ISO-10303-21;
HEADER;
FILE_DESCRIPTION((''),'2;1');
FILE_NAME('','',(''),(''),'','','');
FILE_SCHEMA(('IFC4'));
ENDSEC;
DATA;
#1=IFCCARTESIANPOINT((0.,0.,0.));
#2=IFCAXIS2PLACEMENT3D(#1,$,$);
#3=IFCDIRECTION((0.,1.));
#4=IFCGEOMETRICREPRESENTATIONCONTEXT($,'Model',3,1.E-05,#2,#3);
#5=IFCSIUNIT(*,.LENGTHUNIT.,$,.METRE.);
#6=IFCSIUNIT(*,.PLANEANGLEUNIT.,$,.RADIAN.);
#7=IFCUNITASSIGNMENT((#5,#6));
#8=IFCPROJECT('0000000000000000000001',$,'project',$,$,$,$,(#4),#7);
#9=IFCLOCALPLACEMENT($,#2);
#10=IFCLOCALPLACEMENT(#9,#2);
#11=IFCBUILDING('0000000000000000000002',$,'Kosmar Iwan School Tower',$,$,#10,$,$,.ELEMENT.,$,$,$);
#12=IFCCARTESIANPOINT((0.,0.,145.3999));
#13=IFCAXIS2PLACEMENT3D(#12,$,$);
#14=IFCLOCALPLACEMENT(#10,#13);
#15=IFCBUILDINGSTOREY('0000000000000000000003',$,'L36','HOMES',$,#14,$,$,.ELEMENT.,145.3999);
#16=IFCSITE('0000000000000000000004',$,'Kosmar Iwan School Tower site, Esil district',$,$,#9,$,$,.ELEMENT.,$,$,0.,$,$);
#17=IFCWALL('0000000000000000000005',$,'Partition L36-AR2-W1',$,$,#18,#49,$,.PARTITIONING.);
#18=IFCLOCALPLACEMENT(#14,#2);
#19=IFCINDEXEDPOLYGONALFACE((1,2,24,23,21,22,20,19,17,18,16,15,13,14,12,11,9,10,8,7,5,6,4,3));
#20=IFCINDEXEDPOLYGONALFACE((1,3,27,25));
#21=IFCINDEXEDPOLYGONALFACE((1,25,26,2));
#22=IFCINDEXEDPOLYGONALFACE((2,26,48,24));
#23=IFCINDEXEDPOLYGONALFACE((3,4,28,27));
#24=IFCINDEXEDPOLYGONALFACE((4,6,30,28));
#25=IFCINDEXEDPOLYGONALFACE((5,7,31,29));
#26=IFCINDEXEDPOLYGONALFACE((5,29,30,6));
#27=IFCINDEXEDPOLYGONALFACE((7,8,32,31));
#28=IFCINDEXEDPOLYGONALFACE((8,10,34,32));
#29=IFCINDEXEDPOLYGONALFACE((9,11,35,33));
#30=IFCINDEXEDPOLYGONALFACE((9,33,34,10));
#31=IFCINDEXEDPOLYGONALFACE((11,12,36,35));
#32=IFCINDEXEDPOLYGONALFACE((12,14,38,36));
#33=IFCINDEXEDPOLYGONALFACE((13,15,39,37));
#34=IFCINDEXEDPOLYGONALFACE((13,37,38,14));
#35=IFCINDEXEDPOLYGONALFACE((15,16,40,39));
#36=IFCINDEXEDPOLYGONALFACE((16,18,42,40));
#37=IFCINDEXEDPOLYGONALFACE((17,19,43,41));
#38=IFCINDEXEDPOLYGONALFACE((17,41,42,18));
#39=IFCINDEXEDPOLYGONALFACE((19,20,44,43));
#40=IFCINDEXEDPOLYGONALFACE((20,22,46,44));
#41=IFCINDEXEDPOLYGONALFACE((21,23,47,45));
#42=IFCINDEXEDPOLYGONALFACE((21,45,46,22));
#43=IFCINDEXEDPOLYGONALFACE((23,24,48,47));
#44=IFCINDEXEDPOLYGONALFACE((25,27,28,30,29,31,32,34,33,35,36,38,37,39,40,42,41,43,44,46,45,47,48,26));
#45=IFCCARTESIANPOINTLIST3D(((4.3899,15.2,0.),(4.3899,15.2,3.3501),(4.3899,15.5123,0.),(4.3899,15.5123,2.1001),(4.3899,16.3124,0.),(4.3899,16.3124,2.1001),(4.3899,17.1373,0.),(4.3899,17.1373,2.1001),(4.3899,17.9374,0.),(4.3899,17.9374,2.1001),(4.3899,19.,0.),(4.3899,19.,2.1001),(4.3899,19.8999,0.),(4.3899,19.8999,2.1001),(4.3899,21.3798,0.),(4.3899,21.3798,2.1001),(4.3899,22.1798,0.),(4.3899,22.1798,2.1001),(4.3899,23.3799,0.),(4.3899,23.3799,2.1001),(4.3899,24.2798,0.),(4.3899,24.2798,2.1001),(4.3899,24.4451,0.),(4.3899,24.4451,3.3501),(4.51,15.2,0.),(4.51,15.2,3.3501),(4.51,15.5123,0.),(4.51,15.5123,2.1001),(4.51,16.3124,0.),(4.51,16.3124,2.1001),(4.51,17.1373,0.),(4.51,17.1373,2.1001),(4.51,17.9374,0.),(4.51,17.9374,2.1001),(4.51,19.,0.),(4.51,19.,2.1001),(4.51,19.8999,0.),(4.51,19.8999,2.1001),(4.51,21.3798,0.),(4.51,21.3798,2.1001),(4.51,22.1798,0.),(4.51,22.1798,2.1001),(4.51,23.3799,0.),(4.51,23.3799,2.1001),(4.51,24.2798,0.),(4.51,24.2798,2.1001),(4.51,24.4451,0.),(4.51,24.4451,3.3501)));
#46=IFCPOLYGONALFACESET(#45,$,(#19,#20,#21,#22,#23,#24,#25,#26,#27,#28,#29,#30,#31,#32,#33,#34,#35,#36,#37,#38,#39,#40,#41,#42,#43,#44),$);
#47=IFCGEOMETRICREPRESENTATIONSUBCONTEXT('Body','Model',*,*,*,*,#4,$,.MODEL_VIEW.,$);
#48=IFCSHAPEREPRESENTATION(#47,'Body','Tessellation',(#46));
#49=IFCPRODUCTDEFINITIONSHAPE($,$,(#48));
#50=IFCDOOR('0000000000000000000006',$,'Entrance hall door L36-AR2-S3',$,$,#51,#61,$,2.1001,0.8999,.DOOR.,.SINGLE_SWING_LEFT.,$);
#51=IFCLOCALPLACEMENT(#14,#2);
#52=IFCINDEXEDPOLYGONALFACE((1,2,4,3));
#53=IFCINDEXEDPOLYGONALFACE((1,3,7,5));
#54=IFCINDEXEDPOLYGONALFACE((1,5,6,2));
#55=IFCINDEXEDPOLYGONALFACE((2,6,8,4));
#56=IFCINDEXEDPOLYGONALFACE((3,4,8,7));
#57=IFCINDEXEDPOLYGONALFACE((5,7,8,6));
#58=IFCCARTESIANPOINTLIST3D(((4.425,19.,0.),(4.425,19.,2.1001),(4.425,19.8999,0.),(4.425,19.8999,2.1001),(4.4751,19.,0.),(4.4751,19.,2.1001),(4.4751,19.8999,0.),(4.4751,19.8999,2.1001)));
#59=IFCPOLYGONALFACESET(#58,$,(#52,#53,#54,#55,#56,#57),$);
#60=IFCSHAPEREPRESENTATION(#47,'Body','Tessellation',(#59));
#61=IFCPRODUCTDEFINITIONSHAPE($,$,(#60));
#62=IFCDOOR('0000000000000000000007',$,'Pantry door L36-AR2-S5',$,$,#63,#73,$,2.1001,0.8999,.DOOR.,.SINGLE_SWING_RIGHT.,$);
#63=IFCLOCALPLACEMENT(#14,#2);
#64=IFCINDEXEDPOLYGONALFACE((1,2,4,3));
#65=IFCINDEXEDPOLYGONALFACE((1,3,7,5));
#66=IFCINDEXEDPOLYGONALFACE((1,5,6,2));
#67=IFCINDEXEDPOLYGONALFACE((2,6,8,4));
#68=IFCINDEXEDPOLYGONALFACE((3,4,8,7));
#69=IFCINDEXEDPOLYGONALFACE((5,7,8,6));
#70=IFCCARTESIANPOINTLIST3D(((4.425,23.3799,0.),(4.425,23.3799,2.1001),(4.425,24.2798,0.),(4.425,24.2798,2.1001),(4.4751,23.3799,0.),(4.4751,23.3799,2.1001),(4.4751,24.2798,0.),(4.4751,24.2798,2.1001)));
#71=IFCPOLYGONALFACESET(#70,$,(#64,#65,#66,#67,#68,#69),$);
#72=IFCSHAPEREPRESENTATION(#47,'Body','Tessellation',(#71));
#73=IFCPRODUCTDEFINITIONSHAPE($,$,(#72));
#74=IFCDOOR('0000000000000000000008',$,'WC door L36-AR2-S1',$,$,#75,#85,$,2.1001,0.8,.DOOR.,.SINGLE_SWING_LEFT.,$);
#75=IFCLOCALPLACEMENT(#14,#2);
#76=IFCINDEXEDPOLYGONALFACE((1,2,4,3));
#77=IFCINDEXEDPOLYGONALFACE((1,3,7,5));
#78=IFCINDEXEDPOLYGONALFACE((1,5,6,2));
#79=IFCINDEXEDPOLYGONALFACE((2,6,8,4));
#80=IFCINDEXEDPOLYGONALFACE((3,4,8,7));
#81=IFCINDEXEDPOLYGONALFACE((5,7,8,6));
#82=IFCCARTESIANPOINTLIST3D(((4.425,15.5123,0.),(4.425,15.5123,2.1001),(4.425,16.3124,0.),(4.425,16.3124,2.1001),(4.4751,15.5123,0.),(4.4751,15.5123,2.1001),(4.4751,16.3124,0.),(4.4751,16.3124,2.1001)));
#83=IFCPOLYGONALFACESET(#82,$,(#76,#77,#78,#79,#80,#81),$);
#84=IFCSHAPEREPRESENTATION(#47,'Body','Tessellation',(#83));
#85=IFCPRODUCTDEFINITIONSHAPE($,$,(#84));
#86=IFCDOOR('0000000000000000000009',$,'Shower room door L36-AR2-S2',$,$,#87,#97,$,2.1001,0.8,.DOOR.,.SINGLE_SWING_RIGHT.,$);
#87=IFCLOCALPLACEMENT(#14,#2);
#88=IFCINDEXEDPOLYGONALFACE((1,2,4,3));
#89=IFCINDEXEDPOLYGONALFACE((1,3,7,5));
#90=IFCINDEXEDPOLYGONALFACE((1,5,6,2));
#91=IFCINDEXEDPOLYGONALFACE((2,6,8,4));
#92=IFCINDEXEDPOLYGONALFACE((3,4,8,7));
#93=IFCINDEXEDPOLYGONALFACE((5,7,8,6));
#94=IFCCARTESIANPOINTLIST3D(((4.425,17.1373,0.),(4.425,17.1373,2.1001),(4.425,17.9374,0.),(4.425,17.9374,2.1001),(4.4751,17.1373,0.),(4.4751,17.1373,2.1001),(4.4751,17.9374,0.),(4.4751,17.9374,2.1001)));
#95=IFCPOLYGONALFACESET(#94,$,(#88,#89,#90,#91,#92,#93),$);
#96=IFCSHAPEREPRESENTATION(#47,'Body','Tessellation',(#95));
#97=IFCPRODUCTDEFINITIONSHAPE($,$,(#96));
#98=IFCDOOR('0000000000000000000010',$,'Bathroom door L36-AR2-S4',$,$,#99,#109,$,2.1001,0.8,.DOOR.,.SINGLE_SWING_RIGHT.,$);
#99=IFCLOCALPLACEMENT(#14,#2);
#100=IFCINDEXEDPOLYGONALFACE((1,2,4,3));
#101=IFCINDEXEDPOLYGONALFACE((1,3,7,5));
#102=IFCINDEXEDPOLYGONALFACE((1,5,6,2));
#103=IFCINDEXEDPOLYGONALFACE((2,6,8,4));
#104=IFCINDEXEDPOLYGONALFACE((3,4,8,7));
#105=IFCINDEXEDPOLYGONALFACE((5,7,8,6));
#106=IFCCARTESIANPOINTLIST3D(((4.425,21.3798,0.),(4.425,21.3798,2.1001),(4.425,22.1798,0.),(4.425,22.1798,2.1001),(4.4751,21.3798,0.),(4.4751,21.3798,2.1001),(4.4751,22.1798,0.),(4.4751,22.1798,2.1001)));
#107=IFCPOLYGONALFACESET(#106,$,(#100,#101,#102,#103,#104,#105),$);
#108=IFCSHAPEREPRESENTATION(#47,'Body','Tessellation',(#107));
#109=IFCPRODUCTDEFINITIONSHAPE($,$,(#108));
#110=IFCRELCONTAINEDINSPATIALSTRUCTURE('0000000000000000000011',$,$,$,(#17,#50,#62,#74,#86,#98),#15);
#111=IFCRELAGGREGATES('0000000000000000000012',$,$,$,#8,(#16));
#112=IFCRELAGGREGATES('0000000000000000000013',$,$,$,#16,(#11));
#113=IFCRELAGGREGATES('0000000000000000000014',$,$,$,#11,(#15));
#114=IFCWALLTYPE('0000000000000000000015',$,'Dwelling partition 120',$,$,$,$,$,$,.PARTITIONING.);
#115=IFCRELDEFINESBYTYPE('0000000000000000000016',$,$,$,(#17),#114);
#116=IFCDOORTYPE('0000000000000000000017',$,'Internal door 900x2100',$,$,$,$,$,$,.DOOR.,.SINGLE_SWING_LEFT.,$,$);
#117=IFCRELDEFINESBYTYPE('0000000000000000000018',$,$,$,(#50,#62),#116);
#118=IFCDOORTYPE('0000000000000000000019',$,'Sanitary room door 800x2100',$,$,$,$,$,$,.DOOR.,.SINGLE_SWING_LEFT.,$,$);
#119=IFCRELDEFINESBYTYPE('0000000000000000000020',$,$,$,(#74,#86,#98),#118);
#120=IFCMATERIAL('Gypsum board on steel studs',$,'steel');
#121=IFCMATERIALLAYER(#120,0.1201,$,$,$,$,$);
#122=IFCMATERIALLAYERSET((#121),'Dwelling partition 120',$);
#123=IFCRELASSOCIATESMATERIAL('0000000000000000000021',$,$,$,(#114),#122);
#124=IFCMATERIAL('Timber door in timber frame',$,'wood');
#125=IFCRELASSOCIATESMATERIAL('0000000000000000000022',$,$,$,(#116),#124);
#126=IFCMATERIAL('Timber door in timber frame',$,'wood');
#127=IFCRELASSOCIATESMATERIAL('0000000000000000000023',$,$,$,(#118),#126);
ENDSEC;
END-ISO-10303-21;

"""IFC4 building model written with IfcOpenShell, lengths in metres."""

from ifc_helpers import new_model, si_unit, direction, frame, frame_2d, origin, place, context, subcontext, project, spatial, rectangle, extrude, material, layer, layer_set, type_object, element, fill, save


model = new_model("IFC4")

# Units and contexts
model_context = context("Model", 3, precision=1e-05, world=origin(), true_north=direction((0.0, 1.0)))
body_context = subcontext(model_context, "Body", "Model", "MODEL_VIEW")
ifc_project = project(units=[si_unit("LENGTHUNIT", "METRE"), si_unit("PLANEANGLEUNIT", "RADIAN")], contexts=[model_context])

# Site, building, storey
site_placement = place(None, origin())
site = spatial("IfcSite", under=ifc_project, at=site_placement, Name="Kosmar Iwan School Tower site, Esil district", CompositionType="ELEMENT", RefElevation=0.0)
building_placement = place(site_placement, origin())
building = spatial("IfcBuilding", under=site, at=building_placement, Name="Kosmar Iwan School Tower", CompositionType="ELEMENT")
storey_placement = place(building_placement, frame((0.0, 0.0, 145.3999)))
storey = spatial("IfcBuildingStorey", under=building, at=storey_placement, Name="L36", Description="HOMES", CompositionType="ELEMENT", Elevation=145.3999)

# Shared definitions
ifc_material_1 = material(Name="Gypsum board on steel studs", Category="steel")
ifc_layer_1 = layer(ifc_material_1, 0.1201)
ifc_layer_set_1 = layer_set([ifc_layer_1], Name="Dwelling partition 120")
wall_type_1 = type_object("IfcWallType", Name="Dwelling partition 120", PredefinedType="PARTITIONING", material=ifc_layer_set_1)

# Wall, openings, doors
wall_1_placement = place(storey_placement, frame((4.45, 15.2, 0.0), z_axis=(0.0, 0.0, 1.0), x_axis=(0.0, 1.0, 0.0)))
wall_1 = element("IfcWall", 1, at=wall_1_placement, inside=storey, type_object=wall_type_1, Name="Partition L36-AR2-W1", PredefinedType="PARTITIONING", context=body_context, shape_type="SweptSolid", body=[
    extrude(rectangle(XDim=9.2451, YDim=0.1201, at=frame_2d((4.6226, 0.0))), origin(), (0.0, 0.0, 1.0), 3.3501),
])
opening_1_placement = place(wall_1_placement, frame((0.3125, 0.0, 0.0)))
opening_1 = element("IfcOpeningElement", 2, at=opening_1_placement, cuts=wall_1, PredefinedType="OPENING", context=body_context, shape_type="SweptSolid", body=[
    extrude(rectangle(XDim=0.8, YDim=2.1001, at=frame_2d((0.3999, 1.05))), frame((0.0, 0.072, 0.0), z_axis=(0.0, -1.0, 0.0), x_axis=(1.0, 0.0, 0.0)), (0.0, 0.0, 1.0), 0.144),
])
opening_2_placement = place(wall_1_placement, frame((1.9375, 0.0, 0.0)))
opening_2 = element("IfcOpeningElement", 3, at=opening_2_placement, cuts=wall_1, PredefinedType="OPENING", context=body_context, shape_type="SweptSolid", body=[
    extrude(rectangle(XDim=0.8, YDim=2.1001, at=frame_2d((0.3999, 1.05))), frame((0.0, 0.072, 0.0), z_axis=(0.0, -1.0, 0.0), x_axis=(1.0, 0.0, 0.0)), (0.0, 0.0, 1.0), 0.144),
])
opening_3_placement = place(wall_1_placement, frame((3.8, 0.0, 0.0)))
opening_3 = element("IfcOpeningElement", 4, at=opening_3_placement, cuts=wall_1, PredefinedType="OPENING", context=body_context, shape_type="SweptSolid", body=[
    extrude(rectangle(XDim=0.8999, YDim=2.1001, at=frame_2d((0.45, 1.05))), frame((0.0, 0.072, 0.0), z_axis=(0.0, -1.0, 0.0), x_axis=(1.0, 0.0, 0.0)), (0.0, 0.0, 1.0), 0.144),
])
opening_4_placement = place(wall_1_placement, frame((6.1799, 0.0, 0.0)))
opening_4 = element("IfcOpeningElement", 5, at=opening_4_placement, cuts=wall_1, PredefinedType="OPENING", context=body_context, shape_type="SweptSolid", body=[
    extrude(rectangle(XDim=0.8, YDim=2.1001, at=frame_2d((0.3999, 1.05))), frame((0.0, 0.072, 0.0), z_axis=(0.0, -1.0, 0.0), x_axis=(1.0, 0.0, 0.0)), (0.0, 0.0, 1.0), 0.144),
])
opening_5_placement = place(wall_1_placement, frame((8.1799, 0.0, 0.0)))
opening_5 = element("IfcOpeningElement", 6, at=opening_5_placement, cuts=wall_1, PredefinedType="OPENING", context=body_context, shape_type="SweptSolid", body=[
    extrude(rectangle(XDim=0.8999, YDim=2.1001, at=frame_2d((0.45, 1.05))), frame((0.0, 0.072, 0.0), z_axis=(0.0, -1.0, 0.0), x_axis=(1.0, 0.0, 0.0)), (0.0, 0.0, 1.0), 0.144),
])
ifc_material_2 = material(Name="Timber door in timber frame", Category="wood")
door_type_1 = type_object("IfcDoorType", Name="Internal door 900x2100", OperationType="SINGLE_SWING_LEFT", PredefinedType="DOOR", material=ifc_material_2)
door_1_placement = place(opening_3_placement, origin())
door_1 = element("IfcDoor", 7, at=door_1_placement, inside=storey, type_object=door_type_1, Name="Entrance hall door L36-AR2-S3", OperationType="SINGLE_SWING_LEFT", OverallHeight=2.1001, OverallWidth=0.8999, PredefinedType="DOOR", context=body_context, shape_type="SweptSolid", body=[
    extrude(rectangle(XDim=0.8999, YDim=2.1001, at=frame_2d((0.45, 1.05))), frame((0.0, 0.0249, 0.0), z_axis=(0.0, -1.0, 0.0), x_axis=(1.0, 0.0, 0.0)), (0.0, 0.0, 1.0), 0.05),
])
fill(opening_3, door_1)
door_2_placement = place(opening_5_placement, origin())
door_2 = element("IfcDoor", 8, at=door_2_placement, inside=storey, type_object=door_type_1, Name="Pantry door L36-AR2-S5", OperationType="SINGLE_SWING_RIGHT", OverallHeight=2.1001, OverallWidth=0.8999, PredefinedType="DOOR", context=body_context, shape_type="SweptSolid", body=[
    extrude(rectangle(XDim=0.8999, YDim=2.1001, at=frame_2d((0.45, 1.05))), frame((0.0, 0.0249, 0.0), z_axis=(0.0, -1.0, 0.0), x_axis=(1.0, 0.0, 0.0)), (0.0, 0.0, 1.0), 0.05),
])
fill(opening_5, door_2)
ifc_material_3 = material(Name="Timber door in timber frame", Category="wood")
door_type_2 = type_object("IfcDoorType", Name="Sanitary room door 800x2100", OperationType="SINGLE_SWING_LEFT", PredefinedType="DOOR", material=ifc_material_3)
door_3_placement = place(opening_1_placement, origin())
door_3 = element("IfcDoor", 9, at=door_3_placement, inside=storey, type_object=door_type_2, Name="WC door L36-AR2-S1", OperationType="SINGLE_SWING_LEFT", OverallHeight=2.1001, OverallWidth=0.8, PredefinedType="DOOR", context=body_context, shape_type="SweptSolid", body=[
    extrude(rectangle(XDim=0.8, YDim=2.1001, at=frame_2d((0.3999, 1.05))), frame((0.0, 0.0249, 0.0), z_axis=(0.0, -1.0, 0.0), x_axis=(1.0, 0.0, 0.0)), (0.0, 0.0, 1.0), 0.05),
])
fill(opening_1, door_3)
door_4_placement = place(opening_2_placement, origin())
door_4 = element("IfcDoor", 10, at=door_4_placement, inside=storey, type_object=door_type_2, Name="Shower room door L36-AR2-S2", OperationType="SINGLE_SWING_RIGHT", OverallHeight=2.1001, OverallWidth=0.8, PredefinedType="DOOR", context=body_context, shape_type="SweptSolid", body=[
    extrude(rectangle(XDim=0.8, YDim=2.1001, at=frame_2d((0.3999, 1.05))), frame((0.0, 0.0249, 0.0), z_axis=(0.0, -1.0, 0.0), x_axis=(1.0, 0.0, 0.0)), (0.0, 0.0, 1.0), 0.05),
])
fill(opening_2, door_4)
door_5_placement = place(opening_4_placement, origin())
door_5 = element("IfcDoor", 11, at=door_5_placement, inside=storey, type_object=door_type_2, Name="Bathroom door L36-AR2-S4", OperationType="SINGLE_SWING_RIGHT", OverallHeight=2.1001, OverallWidth=0.8, PredefinedType="DOOR", context=body_context, shape_type="SweptSolid", body=[
    extrude(rectangle(XDim=0.8, YDim=2.1001, at=frame_2d((0.3999, 1.05))), frame((0.0, 0.0249, 0.0), z_axis=(0.0, -1.0, 0.0), x_axis=(1.0, 0.0, 0.0)), (0.0, 0.0, 1.0), 0.05),
])
fill(opening_4, door_5)

save(model, "model.ifc")
